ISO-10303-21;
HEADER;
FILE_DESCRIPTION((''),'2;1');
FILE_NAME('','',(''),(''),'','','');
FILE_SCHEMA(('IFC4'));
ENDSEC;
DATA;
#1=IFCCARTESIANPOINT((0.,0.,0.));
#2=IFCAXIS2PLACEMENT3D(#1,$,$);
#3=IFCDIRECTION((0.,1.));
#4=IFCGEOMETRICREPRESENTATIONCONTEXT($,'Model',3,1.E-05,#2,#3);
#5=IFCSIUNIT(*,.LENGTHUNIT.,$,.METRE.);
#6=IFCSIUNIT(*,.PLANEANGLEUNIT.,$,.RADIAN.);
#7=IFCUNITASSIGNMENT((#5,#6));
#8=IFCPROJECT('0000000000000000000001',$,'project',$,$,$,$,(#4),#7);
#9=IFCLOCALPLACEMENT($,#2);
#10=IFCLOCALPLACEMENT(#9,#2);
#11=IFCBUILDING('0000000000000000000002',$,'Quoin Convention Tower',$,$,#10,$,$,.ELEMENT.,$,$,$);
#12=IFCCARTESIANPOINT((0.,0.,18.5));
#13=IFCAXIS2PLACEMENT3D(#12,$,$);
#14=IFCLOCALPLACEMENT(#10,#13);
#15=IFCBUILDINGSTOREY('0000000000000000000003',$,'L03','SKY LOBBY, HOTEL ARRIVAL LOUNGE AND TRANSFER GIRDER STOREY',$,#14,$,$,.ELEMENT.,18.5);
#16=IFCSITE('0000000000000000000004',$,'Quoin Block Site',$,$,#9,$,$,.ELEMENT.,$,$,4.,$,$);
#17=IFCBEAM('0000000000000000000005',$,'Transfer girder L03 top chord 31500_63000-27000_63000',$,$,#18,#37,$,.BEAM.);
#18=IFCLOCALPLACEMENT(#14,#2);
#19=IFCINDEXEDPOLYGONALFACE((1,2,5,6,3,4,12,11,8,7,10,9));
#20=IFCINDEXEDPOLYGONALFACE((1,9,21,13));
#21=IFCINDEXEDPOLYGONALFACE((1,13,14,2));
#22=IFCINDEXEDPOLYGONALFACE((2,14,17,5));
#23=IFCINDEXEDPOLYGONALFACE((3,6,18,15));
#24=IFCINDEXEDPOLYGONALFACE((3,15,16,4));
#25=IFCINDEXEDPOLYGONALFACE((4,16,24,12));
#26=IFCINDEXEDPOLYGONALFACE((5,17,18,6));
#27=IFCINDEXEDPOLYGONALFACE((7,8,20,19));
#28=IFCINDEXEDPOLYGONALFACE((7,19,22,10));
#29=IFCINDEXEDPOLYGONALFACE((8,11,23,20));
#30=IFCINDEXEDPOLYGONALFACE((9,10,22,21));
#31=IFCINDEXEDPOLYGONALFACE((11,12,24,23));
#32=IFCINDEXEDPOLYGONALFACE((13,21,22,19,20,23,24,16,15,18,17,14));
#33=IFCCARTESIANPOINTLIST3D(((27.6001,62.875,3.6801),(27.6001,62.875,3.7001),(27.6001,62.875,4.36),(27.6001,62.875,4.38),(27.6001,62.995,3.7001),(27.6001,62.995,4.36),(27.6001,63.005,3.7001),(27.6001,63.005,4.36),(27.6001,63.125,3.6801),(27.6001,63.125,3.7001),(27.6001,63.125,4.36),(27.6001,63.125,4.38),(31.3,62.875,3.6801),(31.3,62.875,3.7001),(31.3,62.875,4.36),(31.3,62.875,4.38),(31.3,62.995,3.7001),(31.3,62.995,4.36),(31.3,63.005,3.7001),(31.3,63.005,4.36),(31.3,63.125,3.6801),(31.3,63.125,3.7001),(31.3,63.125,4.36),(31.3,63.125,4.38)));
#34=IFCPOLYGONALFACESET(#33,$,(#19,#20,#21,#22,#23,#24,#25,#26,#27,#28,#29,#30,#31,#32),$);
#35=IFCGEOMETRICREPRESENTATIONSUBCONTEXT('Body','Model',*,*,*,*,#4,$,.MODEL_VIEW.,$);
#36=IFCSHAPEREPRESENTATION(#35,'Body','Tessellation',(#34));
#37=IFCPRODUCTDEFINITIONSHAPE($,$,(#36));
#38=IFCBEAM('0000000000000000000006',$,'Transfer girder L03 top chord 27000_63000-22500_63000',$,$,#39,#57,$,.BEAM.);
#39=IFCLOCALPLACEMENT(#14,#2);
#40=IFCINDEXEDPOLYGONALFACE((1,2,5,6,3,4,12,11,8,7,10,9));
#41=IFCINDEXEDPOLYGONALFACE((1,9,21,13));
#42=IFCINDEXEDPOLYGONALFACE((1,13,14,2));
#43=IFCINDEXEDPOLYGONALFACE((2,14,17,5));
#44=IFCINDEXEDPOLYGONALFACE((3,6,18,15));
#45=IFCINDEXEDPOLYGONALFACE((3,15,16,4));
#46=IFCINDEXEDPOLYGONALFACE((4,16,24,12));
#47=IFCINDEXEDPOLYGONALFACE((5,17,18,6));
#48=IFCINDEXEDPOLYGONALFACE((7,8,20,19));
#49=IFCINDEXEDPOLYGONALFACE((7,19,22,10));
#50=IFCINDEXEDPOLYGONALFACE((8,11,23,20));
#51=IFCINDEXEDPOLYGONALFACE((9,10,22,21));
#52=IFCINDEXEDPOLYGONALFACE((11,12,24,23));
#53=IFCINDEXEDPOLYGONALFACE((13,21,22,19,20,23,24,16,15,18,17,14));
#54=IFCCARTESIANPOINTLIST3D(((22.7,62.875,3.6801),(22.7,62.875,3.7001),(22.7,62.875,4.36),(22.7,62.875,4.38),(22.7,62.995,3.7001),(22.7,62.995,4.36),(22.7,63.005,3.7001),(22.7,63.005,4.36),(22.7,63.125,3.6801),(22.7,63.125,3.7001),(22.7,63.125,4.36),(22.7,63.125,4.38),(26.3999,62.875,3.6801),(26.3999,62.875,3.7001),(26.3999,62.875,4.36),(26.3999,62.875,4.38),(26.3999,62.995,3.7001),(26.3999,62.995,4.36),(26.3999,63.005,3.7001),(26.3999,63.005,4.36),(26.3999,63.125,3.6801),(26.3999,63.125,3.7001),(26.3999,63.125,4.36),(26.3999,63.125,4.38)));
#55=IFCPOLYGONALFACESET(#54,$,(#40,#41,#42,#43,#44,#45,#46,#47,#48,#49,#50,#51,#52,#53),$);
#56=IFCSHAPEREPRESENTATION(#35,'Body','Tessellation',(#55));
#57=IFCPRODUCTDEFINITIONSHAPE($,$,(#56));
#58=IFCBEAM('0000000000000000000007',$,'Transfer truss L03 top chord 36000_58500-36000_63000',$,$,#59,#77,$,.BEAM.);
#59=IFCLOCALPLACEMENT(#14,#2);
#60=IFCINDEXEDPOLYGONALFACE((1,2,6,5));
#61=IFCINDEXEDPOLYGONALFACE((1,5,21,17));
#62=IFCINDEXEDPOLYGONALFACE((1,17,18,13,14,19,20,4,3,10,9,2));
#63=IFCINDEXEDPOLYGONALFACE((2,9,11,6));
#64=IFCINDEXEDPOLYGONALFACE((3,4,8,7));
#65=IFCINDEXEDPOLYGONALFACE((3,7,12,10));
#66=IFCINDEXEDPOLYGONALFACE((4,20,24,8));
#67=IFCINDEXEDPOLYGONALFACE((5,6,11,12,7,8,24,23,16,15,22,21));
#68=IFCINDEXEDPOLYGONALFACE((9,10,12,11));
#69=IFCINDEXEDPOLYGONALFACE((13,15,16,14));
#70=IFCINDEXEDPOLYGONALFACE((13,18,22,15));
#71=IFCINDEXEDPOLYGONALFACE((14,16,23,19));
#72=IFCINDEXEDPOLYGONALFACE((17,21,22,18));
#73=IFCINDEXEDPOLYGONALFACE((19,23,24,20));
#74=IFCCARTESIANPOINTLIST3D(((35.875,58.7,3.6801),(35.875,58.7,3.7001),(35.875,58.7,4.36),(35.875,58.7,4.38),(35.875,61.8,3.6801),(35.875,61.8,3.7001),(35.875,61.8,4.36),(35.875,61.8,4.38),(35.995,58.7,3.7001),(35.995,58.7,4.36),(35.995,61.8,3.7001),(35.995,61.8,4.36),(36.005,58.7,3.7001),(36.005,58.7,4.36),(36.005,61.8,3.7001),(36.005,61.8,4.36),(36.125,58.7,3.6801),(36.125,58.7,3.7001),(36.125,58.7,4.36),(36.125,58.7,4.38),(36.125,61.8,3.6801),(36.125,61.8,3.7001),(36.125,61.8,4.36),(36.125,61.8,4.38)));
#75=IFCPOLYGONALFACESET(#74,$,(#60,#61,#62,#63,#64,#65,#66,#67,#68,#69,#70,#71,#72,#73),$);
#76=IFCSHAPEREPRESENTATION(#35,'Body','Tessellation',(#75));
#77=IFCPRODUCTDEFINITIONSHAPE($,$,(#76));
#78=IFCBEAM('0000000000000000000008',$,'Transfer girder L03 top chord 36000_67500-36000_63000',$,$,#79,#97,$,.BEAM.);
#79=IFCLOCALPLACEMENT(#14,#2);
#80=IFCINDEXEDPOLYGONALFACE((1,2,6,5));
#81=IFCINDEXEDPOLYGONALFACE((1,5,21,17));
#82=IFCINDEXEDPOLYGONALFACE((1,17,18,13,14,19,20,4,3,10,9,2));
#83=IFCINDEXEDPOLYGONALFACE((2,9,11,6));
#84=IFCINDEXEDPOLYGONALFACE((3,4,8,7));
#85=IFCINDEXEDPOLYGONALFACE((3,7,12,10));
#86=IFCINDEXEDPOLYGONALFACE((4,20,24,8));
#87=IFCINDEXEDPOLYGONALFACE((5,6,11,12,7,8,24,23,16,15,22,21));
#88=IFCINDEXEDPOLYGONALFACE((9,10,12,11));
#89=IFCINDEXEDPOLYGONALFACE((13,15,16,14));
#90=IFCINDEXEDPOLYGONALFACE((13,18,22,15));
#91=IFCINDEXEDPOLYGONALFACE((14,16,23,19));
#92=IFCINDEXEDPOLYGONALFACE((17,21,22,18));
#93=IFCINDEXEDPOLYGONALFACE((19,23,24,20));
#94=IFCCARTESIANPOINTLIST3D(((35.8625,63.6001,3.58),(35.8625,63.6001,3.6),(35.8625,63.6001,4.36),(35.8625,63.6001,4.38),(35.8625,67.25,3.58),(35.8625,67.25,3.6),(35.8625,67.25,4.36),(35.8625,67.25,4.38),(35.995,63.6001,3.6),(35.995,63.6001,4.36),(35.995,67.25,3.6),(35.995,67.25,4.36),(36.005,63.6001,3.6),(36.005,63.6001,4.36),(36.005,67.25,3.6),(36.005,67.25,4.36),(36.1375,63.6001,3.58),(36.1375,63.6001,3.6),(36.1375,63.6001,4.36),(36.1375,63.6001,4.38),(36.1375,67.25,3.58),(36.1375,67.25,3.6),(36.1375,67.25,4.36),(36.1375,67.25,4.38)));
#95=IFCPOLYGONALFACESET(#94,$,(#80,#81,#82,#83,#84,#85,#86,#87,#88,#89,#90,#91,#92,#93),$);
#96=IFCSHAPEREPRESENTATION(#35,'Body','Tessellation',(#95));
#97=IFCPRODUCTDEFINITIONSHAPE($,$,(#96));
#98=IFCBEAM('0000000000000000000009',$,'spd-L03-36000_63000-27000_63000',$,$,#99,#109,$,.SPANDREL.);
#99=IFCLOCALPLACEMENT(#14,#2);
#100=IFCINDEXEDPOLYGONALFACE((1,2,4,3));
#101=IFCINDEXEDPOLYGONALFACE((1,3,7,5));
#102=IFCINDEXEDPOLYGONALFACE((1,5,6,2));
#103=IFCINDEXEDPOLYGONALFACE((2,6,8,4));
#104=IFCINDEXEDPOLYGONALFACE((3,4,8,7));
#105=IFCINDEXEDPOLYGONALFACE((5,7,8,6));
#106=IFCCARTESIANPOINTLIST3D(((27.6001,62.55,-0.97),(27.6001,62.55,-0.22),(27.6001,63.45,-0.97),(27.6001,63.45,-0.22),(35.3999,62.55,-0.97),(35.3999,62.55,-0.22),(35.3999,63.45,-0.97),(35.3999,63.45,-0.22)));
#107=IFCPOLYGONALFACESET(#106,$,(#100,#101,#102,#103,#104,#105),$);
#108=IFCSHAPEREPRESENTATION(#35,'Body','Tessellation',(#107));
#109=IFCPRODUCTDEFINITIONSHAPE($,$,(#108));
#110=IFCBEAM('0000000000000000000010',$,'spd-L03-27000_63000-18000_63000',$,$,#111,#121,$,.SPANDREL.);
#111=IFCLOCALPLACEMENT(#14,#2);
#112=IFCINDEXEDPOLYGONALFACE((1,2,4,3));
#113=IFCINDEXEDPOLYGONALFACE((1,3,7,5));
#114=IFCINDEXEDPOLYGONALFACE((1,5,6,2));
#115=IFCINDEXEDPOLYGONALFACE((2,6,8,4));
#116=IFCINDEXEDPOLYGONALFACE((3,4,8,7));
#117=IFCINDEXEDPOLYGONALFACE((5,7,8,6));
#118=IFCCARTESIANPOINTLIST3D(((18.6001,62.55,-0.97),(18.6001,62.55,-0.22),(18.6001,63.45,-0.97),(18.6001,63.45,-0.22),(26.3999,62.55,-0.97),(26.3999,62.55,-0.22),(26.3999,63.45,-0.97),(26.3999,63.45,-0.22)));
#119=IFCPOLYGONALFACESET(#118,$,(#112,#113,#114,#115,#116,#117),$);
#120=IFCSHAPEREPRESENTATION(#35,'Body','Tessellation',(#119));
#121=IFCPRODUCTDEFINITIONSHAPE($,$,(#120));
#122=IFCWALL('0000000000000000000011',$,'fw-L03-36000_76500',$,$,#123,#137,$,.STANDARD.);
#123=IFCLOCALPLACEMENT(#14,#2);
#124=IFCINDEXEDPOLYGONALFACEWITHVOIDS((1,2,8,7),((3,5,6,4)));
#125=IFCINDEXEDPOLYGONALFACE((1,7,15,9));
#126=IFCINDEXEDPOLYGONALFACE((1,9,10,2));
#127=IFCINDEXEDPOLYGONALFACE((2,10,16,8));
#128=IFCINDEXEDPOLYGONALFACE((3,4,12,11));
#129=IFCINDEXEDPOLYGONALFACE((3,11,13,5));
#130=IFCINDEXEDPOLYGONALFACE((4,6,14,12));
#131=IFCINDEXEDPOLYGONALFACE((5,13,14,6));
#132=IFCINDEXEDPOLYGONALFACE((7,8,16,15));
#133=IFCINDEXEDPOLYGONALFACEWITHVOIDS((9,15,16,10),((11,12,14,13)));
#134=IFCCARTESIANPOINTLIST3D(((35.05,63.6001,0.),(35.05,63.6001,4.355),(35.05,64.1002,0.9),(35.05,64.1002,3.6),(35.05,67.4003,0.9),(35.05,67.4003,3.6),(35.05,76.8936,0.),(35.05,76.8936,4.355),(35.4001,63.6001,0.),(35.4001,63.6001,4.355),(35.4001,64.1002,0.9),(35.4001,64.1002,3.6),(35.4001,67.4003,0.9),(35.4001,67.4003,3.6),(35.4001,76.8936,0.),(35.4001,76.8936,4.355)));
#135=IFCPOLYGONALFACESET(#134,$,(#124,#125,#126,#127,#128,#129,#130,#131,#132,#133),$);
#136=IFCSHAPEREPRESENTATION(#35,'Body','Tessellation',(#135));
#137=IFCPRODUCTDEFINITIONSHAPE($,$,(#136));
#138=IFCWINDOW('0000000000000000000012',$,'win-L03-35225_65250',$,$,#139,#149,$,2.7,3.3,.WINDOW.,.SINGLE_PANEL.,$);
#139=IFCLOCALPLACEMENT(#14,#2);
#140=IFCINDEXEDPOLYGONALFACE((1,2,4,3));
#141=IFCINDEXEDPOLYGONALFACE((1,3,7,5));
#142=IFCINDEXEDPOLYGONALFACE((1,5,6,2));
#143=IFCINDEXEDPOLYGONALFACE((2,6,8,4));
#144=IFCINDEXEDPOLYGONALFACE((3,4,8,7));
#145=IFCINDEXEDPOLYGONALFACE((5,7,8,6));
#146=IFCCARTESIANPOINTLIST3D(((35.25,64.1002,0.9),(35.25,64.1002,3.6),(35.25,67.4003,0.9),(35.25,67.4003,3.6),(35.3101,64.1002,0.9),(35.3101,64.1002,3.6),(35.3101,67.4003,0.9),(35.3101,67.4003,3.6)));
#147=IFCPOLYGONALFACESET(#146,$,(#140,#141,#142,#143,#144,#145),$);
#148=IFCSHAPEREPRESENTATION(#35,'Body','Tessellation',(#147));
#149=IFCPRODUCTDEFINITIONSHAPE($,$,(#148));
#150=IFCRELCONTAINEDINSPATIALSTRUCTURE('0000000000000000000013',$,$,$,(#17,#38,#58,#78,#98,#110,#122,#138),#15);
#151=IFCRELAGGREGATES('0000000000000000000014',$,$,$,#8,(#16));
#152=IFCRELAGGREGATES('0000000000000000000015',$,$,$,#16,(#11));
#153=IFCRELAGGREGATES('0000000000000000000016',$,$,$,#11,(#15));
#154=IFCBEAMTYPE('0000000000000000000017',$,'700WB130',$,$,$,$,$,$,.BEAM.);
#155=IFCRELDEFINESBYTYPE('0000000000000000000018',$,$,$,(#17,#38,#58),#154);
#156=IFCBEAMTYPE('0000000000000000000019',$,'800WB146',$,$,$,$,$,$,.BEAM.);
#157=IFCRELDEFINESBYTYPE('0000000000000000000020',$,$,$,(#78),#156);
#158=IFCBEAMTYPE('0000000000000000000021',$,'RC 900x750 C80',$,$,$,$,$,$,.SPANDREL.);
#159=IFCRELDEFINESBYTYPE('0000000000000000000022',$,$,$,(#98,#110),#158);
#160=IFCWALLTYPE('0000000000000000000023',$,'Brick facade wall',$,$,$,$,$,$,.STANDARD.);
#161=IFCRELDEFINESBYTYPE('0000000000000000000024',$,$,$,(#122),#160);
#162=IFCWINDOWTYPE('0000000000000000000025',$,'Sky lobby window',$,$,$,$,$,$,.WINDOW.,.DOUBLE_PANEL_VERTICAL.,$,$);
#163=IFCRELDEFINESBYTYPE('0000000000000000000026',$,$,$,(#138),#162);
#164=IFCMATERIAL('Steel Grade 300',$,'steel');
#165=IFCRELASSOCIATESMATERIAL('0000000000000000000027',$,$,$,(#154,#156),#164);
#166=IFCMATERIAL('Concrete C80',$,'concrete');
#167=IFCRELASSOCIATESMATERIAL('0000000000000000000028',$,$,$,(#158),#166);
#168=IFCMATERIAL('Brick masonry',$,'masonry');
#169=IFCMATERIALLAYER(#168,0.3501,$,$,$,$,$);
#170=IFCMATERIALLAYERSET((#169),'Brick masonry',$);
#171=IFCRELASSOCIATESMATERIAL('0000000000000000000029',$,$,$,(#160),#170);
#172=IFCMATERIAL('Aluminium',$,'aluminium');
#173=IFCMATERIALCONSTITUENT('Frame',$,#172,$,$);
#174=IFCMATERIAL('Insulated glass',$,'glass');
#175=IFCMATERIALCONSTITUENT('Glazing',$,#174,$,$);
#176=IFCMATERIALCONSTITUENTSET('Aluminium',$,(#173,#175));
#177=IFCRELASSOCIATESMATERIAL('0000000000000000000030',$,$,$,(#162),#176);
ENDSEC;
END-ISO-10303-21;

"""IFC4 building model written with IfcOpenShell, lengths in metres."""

from ifc_helpers import new_model, si_unit, direction, frame, frame_2d, origin, origin_2d, place, context, subcontext, project, spatial, rectangle, i_section, extrude, material, layer, layer_set, constituent, constituent_set, material_profile, profile_set, type_object, element, fill, save


model = new_model("IFC4")

# Units and contexts
model_context = context("Model", 3, precision=1e-05, world=origin(), true_north=direction((0.0, 1.0)))
body_context = subcontext(model_context, "Body", "Model", "MODEL_VIEW")
ifc_project = project(units=[si_unit("LENGTHUNIT", "METRE"), si_unit("PLANEANGLEUNIT", "RADIAN")], contexts=[model_context])

# Site, building, storey
site_placement = place(None, origin())
site = spatial("IfcSite", under=ifc_project, at=site_placement, Name="Quoin Block Site", CompositionType="ELEMENT", RefElevation=4.0)
building_placement = place(site_placement, origin())
building = spatial("IfcBuilding", under=site, at=building_placement, Name="Quoin Convention Tower", CompositionType="ELEMENT")
storey_placement = place(building_placement, frame((0.0, 0.0, 18.5)))
storey = spatial("IfcBuildingStorey", under=building, at=storey_placement, Name="L03", Description="SKY LOBBY, HOTEL ARRIVAL LOUNGE AND TRANSFER GIRDER STOREY", CompositionType="ELEMENT", Elevation=18.5)

# Shared definitions
ifc_material_1 = material(Name="Concrete C80", Category="concrete")

# Shared definitions
ifc_material_2 = material(Name="Steel Grade 300", Category="steel")

# Beams
ifc_material_profile_1 = material_profile(ifc_material_2, i_section(OverallWidth=0.25, OverallDepth=0.7, WebThickness=0.01, FlangeThickness=0.02, at=origin_2d()), Name="700WB130")
ifc_profile_set_1 = profile_set([ifc_material_profile_1], Name="Steel Grade 300")
beam_type_1 = type_object("IfcBeamType", Name="700WB130", PredefinedType="BEAM", material=ifc_profile_set_1)
for number, where, z_axis, x_axis, name in (
    (1, (31.3, 63.0, 4.03), (-1.0, 0.0, 0.0), (0.0, -1.0, 0.0), "Transfer girder L03 top chord 31500_63000-27000_63000"),
    (2, (26.3999, 63.0, 4.03), (-1.0, 0.0, 0.0), (0.0, -1.0, 0.0), "Transfer girder L03 top chord 27000_63000-22500_63000"),
):
    element("IfcBeam", number, at=place(storey_placement, frame(where, z_axis=z_axis, x_axis=x_axis)), inside=storey, type_object=beam_type_1, Name=name, PredefinedType="BEAM", context=body_context, shape_type="SweptSolid", body=[
        extrude(i_section(OverallWidth=0.25, OverallDepth=0.7, WebThickness=0.01, FlangeThickness=0.02, at=origin_2d()), origin(), (0.0, 0.0, 1.0), 3.7),
    ])
beam_1_placement = place(storey_placement, frame((36.0, 58.7, 4.03), z_axis=(0.0, 1.0, 0.0), x_axis=(-1.0, 0.0, 0.0)))
element("IfcBeam", 3, at=beam_1_placement, inside=storey, type_object=beam_type_1, Name="Transfer truss L03 top chord 36000_58500-36000_63000", PredefinedType="BEAM", context=body_context, shape_type="SweptSolid", body=[
    extrude(i_section(OverallWidth=0.25, OverallDepth=0.7, WebThickness=0.01, FlangeThickness=0.02, at=origin_2d()), origin(), (0.0, 0.0, 1.0), 3.1001),
])
ifc_material_profile_2 = material_profile(ifc_material_2, i_section(OverallWidth=0.2749, OverallDepth=0.8, WebThickness=0.01, FlangeThickness=0.02, at=origin_2d()), Name="800WB146")
ifc_profile_set_2 = profile_set([ifc_material_profile_2], Name="Steel Grade 300")
beam_type_2 = type_object("IfcBeamType", Name="800WB146", PredefinedType="BEAM", material=ifc_profile_set_2)
beam_2_placement = place(storey_placement, frame((36.0, 67.25, 3.98), z_axis=(0.0, -1.0, 0.0), x_axis=(1.0, 0.0, 0.0)))
element("IfcBeam", 4, at=beam_2_placement, inside=storey, type_object=beam_type_2, Name="Transfer girder L03 top chord 36000_67500-36000_63000", PredefinedType="BEAM", context=body_context, shape_type="SweptSolid", body=[
    extrude(i_section(OverallWidth=0.2749, OverallDepth=0.8, WebThickness=0.01, FlangeThickness=0.02, at=origin_2d()), origin(), (0.0, 0.0, 1.0), 3.6499),
])
ifc_material_profile_3 = material_profile(ifc_material_1, rectangle(XDim=0.8999, YDim=0.75, at=origin_2d()), Name="RC 900x750")
ifc_profile_set_3 = profile_set([ifc_material_profile_3], Name="Concrete C80")
beam_type_3 = type_object("IfcBeamType", Name="RC 900x750 C80", PredefinedType="SPANDREL", material=ifc_profile_set_3)
for number, where, z_axis, x_axis, name in (
    (5, (35.3999, 63.0, -0.595), (-1.0, 0.0, 0.0), (0.0, -1.0, 0.0), "spd-L03-36000_63000-27000_63000"),
    (6, (26.3999, 63.0, -0.595), (-1.0, 0.0, 0.0), (0.0, -1.0, 0.0), "spd-L03-27000_63000-18000_63000"),
):
    element("IfcBeam", number, at=place(storey_placement, frame(where, z_axis=z_axis, x_axis=x_axis)), inside=storey, type_object=beam_type_3, Name=name, PredefinedType="SPANDREL", context=body_context, shape_type="SweptSolid", body=[
        extrude(rectangle(XDim=0.8999, YDim=0.75, at=origin_2d()), origin(), (0.0, 0.0, 1.0), 7.7998),
    ])

# Wall, opening, window
ifc_material_3 = material(Name="Brick masonry", Category="masonry")
ifc_layer_1 = layer(ifc_material_3, 0.3501)
ifc_layer_set_1 = layer_set([ifc_layer_1], Name="Brick masonry")
wall_type_1 = type_object("IfcWallType", Name="Brick facade wall", PredefinedType="STANDARD", material=ifc_layer_set_1)
wall_1_placement = place(storey_placement, frame((35.2251, 76.8936, 0.0), z_axis=(0.0, 0.0, 1.0), x_axis=(0.0, -1.0, 0.0)))
wall_1 = element("IfcWall", 7, at=wall_1_placement, inside=storey, type_object=wall_type_1, Name="fw-L03-36000_76500", PredefinedType="STANDARD", context=body_context, shape_type="SweptSolid", body=[
    extrude(rectangle(XDim=13.2935, YDim=0.3501, at=frame_2d((6.6467, 0.0))), origin(), (0.0, 0.0, 1.0), 4.355),
])
opening_1_placement = place(wall_1_placement, frame((9.4934, 0.0, 0.8999)))
opening_1 = element("IfcOpeningElement", 8, at=opening_1_placement, cuts=wall_1, PredefinedType="OPENING", context=body_context, shape_type="SweptSolid", body=[
    extrude(rectangle(XDim=3.3, YDim=2.7, at=frame_2d((1.6499, 1.3501))), frame((0.0, 0.1851, 0.0), z_axis=(0.0, -1.0, 0.0), x_axis=(1.0, 0.0, 0.0)), (0.0, 0.0, 1.0), 0.3701),
])
ifc_material_4 = material(Name="Aluminium", Category="aluminium")
ifc_constituent_1 = constituent(ifc_material_4, Name="Frame")
ifc_material_5 = material(Name="Insulated glass", Category="glass")
ifc_constituent_2 = constituent(ifc_material_5, Name="Glazing")
ifc_constituent_set = constituent_set(constituents=[ifc_constituent_1, ifc_constituent_2], Name="Aluminium")
window_type = type_object("IfcWindowType", Name="Sky lobby window", PartitioningType="DOUBLE_PANEL_VERTICAL", PredefinedType="WINDOW", material=ifc_constituent_set)
window_1_placement = place(opening_1_placement, origin())
window_1 = element("IfcWindow", 9, at=window_1_placement, inside=storey, type_object=window_type, Name="win-L03-35225_65250", OverallHeight=2.7, OverallWidth=3.3, PartitioningType="SINGLE_PANEL", PredefinedType="WINDOW", context=body_context, shape_type="SweptSolid", body=[
    extrude(rectangle(XDim=3.3, YDim=2.7, at=frame_2d((1.6499, 1.3501))), frame((0.0, 0.085, 0.0), z_axis=(0.0, -1.0, 0.0), x_axis=(1.0, 0.0, 0.0)), (0.0, 0.0, 1.0), 0.0601),
])
fill(opening_1, window_1)

save(model, "model.ifc")
